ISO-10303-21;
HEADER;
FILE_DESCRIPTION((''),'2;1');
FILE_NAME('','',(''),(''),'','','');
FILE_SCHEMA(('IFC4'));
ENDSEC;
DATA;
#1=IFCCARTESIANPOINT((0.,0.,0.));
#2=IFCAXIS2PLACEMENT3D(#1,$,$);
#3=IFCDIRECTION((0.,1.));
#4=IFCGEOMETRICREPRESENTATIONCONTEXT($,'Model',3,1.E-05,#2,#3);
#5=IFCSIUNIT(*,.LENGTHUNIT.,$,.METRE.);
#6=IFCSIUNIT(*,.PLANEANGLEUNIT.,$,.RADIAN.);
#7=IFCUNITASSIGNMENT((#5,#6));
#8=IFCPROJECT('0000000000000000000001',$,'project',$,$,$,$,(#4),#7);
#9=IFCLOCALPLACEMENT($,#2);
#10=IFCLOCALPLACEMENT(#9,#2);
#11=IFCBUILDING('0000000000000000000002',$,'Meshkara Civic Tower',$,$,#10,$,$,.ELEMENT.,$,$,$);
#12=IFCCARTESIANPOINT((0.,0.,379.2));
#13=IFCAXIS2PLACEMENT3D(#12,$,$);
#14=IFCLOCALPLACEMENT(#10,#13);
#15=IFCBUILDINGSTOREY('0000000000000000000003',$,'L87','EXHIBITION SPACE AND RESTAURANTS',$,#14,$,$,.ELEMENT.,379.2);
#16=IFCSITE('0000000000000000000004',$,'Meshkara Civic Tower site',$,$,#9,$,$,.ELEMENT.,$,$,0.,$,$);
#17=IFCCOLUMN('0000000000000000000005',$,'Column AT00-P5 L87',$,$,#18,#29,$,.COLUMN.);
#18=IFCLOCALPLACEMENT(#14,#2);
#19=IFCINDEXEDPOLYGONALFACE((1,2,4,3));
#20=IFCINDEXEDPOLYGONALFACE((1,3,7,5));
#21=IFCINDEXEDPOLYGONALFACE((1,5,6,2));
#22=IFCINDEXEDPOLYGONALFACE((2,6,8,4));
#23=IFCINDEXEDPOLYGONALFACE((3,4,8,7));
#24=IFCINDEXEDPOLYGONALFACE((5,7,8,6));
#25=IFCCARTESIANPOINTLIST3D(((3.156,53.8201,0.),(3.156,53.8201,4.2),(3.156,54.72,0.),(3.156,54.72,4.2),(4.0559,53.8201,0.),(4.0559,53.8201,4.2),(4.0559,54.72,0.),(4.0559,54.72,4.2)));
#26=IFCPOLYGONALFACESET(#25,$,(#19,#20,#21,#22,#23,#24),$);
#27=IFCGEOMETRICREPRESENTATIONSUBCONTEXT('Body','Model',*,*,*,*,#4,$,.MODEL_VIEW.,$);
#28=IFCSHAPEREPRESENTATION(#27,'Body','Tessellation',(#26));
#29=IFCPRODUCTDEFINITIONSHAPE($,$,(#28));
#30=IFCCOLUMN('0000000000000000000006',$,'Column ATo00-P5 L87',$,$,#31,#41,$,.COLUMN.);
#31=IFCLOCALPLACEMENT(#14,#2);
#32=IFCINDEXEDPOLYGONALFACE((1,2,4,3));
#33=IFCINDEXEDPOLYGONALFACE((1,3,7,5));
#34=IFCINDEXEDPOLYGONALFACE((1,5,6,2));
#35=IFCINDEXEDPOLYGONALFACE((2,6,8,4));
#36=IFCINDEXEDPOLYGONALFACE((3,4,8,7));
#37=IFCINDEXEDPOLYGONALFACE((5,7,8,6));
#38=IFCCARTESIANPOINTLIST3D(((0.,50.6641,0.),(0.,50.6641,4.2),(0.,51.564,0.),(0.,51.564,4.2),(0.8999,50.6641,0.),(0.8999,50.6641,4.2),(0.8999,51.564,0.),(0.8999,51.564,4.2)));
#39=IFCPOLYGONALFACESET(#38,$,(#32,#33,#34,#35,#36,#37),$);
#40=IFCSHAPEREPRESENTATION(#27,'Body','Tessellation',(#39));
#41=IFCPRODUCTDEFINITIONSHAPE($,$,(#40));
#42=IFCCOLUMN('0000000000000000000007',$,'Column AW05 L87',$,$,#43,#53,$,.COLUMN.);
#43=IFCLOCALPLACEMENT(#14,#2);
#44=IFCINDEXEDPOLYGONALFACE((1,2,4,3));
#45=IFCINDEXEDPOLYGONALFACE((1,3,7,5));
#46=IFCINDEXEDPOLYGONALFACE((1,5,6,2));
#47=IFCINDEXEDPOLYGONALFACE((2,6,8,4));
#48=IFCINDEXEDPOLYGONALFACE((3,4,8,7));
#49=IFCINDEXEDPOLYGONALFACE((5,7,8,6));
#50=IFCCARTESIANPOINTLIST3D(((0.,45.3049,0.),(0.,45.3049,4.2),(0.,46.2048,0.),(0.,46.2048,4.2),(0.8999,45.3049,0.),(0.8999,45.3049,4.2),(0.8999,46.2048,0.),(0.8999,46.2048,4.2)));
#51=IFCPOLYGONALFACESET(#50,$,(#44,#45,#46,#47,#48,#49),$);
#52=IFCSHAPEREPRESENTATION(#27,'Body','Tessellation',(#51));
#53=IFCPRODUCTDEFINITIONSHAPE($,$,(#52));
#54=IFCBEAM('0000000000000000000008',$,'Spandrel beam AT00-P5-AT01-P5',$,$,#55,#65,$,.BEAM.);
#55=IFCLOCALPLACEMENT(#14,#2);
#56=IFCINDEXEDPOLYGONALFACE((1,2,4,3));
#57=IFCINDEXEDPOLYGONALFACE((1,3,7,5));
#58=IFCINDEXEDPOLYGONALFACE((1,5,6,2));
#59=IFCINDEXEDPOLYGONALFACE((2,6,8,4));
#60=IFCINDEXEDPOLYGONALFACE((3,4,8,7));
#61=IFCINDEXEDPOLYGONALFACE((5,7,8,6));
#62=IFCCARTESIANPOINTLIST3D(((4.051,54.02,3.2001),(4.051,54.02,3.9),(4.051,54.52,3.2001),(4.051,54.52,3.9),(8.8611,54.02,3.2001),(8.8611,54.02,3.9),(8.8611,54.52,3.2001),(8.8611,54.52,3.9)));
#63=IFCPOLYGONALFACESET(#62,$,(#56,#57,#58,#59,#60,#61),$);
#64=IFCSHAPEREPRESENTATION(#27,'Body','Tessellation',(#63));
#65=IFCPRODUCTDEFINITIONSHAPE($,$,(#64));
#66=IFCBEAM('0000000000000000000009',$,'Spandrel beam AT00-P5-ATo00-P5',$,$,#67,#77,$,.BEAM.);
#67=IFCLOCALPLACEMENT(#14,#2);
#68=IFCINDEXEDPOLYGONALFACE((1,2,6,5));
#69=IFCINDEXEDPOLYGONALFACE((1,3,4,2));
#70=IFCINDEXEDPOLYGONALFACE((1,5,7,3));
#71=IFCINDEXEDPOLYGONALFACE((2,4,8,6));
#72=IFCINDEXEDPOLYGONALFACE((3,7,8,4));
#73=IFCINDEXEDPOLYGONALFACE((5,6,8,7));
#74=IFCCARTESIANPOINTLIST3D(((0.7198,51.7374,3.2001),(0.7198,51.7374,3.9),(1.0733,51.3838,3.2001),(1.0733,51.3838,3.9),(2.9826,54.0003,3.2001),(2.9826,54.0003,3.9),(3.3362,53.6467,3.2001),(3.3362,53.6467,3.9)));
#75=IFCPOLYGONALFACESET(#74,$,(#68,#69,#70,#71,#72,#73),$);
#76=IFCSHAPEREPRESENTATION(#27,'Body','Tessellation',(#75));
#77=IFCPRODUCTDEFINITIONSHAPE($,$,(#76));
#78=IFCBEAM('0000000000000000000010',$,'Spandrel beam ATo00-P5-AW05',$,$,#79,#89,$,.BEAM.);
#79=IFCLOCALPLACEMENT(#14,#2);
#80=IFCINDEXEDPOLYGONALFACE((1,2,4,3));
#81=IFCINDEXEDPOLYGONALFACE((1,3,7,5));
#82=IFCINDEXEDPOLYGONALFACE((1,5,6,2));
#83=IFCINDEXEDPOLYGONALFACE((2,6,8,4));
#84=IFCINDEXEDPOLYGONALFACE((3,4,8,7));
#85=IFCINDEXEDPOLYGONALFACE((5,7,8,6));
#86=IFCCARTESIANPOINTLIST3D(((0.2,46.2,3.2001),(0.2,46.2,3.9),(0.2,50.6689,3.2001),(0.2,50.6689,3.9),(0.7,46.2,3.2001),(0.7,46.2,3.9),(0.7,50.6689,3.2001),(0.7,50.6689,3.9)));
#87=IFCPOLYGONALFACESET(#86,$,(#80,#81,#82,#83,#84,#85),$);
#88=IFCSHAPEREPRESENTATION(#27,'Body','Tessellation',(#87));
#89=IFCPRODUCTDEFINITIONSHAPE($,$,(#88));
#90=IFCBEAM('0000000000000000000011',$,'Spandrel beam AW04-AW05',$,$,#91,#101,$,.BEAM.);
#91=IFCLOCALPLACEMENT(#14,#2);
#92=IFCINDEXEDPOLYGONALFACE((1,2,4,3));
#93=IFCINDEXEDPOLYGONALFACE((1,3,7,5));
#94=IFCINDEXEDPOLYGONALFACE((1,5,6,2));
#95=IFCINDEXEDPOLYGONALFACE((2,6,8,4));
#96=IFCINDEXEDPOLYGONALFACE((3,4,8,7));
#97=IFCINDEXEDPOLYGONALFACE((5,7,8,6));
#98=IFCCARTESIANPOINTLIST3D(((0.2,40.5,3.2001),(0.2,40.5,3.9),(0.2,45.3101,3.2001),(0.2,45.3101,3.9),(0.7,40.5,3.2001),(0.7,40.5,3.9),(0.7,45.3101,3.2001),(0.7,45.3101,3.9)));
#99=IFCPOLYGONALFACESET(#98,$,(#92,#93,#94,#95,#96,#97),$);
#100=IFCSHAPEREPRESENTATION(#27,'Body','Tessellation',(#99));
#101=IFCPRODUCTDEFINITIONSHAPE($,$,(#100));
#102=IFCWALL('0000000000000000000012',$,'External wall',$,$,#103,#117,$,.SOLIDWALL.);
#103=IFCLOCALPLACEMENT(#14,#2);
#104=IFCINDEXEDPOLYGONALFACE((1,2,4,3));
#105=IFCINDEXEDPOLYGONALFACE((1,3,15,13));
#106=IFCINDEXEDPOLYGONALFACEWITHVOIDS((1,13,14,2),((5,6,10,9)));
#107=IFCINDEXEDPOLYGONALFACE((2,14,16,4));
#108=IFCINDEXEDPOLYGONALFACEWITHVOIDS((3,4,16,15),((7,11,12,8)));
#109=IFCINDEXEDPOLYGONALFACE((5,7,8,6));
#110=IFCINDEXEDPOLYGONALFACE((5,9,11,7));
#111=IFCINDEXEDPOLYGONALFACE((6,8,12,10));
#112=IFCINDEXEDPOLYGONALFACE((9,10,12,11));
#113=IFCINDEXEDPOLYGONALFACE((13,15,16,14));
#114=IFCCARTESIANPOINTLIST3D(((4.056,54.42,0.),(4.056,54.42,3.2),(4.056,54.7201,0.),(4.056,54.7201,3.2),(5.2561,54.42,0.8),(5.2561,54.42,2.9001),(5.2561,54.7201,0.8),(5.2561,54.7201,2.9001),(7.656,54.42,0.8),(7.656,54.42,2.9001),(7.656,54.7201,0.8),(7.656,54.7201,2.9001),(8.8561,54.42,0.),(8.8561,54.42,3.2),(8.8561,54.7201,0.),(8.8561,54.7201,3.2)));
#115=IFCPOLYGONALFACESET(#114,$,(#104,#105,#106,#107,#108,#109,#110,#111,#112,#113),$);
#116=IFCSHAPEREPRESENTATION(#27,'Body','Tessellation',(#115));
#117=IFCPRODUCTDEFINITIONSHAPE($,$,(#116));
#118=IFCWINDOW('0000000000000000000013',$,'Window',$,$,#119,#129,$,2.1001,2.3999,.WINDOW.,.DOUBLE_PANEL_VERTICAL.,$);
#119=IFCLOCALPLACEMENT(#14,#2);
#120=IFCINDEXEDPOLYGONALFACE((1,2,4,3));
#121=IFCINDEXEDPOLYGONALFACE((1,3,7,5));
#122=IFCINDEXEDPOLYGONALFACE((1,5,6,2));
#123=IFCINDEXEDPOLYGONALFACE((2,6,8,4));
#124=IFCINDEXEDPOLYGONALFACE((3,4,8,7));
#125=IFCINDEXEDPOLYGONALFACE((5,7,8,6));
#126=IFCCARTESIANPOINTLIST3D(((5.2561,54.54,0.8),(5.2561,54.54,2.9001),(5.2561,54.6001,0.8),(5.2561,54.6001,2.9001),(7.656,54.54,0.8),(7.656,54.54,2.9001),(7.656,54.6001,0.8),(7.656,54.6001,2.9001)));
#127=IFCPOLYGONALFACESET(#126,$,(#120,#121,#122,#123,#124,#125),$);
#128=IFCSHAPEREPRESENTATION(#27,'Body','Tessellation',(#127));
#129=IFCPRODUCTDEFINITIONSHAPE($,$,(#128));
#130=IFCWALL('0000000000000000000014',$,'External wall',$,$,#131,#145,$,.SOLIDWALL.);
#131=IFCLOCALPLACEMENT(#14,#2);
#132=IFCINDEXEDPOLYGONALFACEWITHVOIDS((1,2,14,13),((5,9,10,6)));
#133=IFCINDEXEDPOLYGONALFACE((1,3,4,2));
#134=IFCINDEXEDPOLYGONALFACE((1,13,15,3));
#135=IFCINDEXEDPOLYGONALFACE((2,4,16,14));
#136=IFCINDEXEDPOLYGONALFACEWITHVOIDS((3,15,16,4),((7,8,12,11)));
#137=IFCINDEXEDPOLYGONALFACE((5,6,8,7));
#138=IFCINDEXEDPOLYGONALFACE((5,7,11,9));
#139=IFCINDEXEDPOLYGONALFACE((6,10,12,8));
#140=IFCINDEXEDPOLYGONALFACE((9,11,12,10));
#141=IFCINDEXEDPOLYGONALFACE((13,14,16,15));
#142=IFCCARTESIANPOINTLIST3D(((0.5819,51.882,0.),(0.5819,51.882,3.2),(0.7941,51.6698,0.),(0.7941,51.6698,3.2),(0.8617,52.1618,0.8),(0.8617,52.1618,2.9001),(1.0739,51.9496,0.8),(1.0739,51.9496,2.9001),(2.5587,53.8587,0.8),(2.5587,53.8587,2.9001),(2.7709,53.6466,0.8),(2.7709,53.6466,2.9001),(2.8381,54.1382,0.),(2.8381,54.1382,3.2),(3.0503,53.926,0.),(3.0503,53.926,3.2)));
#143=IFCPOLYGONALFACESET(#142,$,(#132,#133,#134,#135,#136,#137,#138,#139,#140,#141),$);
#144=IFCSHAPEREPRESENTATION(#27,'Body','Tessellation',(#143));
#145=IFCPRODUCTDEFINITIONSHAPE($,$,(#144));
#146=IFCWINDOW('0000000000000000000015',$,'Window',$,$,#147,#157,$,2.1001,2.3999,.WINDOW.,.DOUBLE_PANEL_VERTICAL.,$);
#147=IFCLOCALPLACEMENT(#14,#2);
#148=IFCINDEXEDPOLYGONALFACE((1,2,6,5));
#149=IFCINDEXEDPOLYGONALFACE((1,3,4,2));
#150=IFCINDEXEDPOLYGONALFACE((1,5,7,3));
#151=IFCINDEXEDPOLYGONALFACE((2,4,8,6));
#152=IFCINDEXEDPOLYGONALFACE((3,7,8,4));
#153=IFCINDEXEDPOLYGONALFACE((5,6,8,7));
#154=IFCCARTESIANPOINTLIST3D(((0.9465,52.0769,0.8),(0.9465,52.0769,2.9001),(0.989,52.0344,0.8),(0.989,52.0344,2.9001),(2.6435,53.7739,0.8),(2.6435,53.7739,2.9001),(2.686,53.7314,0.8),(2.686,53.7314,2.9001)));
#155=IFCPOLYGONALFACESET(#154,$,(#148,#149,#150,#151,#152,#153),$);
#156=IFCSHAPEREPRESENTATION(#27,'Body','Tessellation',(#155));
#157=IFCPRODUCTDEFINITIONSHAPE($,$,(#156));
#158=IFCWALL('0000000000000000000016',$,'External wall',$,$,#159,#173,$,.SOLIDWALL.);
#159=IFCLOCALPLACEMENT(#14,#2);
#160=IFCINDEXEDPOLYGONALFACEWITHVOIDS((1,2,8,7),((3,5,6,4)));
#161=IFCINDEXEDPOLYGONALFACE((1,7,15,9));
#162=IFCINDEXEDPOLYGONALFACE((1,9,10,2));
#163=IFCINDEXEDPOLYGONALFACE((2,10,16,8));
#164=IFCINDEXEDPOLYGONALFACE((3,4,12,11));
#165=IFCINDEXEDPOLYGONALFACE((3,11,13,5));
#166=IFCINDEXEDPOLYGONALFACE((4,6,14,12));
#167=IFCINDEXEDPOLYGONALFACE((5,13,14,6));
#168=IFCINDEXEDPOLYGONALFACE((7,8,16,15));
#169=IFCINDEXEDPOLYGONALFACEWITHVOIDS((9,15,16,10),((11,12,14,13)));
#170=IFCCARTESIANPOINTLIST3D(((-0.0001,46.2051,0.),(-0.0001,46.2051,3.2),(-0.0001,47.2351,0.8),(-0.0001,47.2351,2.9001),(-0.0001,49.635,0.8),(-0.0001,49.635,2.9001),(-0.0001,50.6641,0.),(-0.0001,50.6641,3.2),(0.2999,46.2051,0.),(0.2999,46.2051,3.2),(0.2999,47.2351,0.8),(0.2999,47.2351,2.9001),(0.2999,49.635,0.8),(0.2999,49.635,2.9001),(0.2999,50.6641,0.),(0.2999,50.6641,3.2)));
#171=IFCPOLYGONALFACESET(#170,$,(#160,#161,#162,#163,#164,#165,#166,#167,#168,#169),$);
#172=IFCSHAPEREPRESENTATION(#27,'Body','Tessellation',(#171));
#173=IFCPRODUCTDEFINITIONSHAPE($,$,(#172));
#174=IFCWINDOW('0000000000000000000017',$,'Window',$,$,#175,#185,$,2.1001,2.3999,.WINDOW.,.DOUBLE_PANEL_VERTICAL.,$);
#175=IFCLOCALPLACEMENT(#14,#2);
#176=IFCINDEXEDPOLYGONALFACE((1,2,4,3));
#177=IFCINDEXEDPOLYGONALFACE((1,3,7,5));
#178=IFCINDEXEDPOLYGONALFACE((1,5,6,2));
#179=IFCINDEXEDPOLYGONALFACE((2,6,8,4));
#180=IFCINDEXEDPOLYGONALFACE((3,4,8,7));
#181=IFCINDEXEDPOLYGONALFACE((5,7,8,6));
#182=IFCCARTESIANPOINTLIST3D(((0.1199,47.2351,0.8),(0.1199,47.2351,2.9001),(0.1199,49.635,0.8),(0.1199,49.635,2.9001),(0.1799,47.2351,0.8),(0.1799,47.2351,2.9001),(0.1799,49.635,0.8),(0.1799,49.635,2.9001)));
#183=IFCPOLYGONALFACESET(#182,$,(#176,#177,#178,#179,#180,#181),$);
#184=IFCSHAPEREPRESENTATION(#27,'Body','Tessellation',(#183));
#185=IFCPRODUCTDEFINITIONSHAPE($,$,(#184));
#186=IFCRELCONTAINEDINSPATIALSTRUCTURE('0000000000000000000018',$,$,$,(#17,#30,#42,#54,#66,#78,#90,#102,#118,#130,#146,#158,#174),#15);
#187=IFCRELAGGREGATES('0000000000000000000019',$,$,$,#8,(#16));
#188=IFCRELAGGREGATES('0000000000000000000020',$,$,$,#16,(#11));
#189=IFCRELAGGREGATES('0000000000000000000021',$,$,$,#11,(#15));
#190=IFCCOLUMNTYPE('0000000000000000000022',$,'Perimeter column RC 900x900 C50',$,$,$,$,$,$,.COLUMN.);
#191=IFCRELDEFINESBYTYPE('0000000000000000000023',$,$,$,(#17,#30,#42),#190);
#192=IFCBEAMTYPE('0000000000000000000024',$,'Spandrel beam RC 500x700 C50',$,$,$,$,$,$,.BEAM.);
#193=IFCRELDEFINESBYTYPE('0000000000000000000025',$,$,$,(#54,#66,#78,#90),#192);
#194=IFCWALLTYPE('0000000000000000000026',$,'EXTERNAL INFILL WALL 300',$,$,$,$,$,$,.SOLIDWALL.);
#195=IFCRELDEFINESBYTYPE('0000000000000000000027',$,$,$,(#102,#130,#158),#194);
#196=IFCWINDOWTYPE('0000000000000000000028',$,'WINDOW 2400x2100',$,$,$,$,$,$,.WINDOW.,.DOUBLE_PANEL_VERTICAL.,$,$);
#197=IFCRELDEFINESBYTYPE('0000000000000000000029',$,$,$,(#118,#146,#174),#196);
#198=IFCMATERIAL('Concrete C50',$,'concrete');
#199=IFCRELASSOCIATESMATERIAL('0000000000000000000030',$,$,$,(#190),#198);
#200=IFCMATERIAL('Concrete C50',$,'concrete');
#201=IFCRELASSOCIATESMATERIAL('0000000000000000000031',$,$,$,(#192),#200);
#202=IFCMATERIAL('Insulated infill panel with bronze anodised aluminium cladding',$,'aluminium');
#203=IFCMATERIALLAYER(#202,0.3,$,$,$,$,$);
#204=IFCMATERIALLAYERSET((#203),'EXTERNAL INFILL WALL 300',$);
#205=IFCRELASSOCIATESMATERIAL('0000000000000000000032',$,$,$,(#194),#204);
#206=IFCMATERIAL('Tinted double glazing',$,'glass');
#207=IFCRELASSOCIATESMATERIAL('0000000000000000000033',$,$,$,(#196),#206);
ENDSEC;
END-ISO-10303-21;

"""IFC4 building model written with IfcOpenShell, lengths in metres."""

from ifc_helpers import new_model, si_unit, direction, frame, frame_2d, origin, origin_2d, place, context, subcontext, project, spatial, rectangle, extrude, material, layer, layer_set, material_profile, profile_set, type_object, element, fill, save


model = new_model("IFC4")

# Units and contexts
model_context = context("Model", 3, precision=1e-05, world=origin(), true_north=direction((0.0, 1.0)))
body_context = subcontext(model_context, "Body", "Model", "MODEL_VIEW")
ifc_project = project(units=[si_unit("LENGTHUNIT", "METRE"), si_unit("PLANEANGLEUNIT", "RADIAN")], contexts=[model_context])

# Site, building, storey
site_placement = place(None, origin())
site = spatial("IfcSite", under=ifc_project, at=site_placement, Name="Meshkara Civic Tower site", CompositionType="ELEMENT", RefElevation=0.0)
building_placement = place(site_placement, origin())
building = spatial("IfcBuilding", under=site, at=building_placement, Name="Meshkara Civic Tower", CompositionType="ELEMENT")
storey_placement = place(building_placement, frame((0.0, 0.0, 379.2)))
storey = spatial("IfcBuildingStorey", under=building, at=storey_placement, Name="L87", Description="EXHIBITION SPACE AND RESTAURANTS", CompositionType="ELEMENT", Elevation=379.2)

# Columns
ifc_material_1 = material(Name="Concrete C50", Category="concrete")
ifc_material_profile_1 = material_profile(ifc_material_1, rectangle(XDim=0.8999, YDim=0.8999, at=origin_2d()))
ifc_profile_set_1 = profile_set([ifc_material_profile_1], Name="Concrete C50")
column_type = type_object("IfcColumnType", Name="Perimeter column RC 900x900 C50", PredefinedType="COLUMN", material=ifc_profile_set_1)
for number, where, z_axis, x_axis, name in (
    (1, (3.606, 54.27, 0.0), (0.0, 0.0, 1.0), (1.0, 0.0, 0.0), "Column AT00-P5 L87"),
    (2, (0.45, 51.114, 0.0), (0.0, 0.0, 1.0), (1.0, 0.0, 0.0), "Column ATo00-P5 L87"),
    (3, (0.45, 45.7549, 0.0), (0.0, 0.0, 1.0), (1.0, 0.0, 0.0), "Column AW05 L87"),
):
    element("IfcColumn", number, at=place(storey_placement, frame(where, z_axis=z_axis, x_axis=x_axis)), inside=storey, type_object=column_type, Name=name, PredefinedType="COLUMN", context=body_context, shape_type="SweptSolid", body=[
        extrude(rectangle(XDim=0.8999, YDim=0.8999, at=origin_2d()), origin(), (0.0, 0.0, 1.0), 4.2),
    ])

# Beams
ifc_material_2 = material(Name="Concrete C50", Category="concrete")
ifc_material_profile_2 = material_profile(ifc_material_2, rectangle(XDim=0.5, YDim=0.7, at=origin_2d()))
ifc_profile_set_2 = profile_set([ifc_material_profile_2], Name="Concrete C50")
beam_type = type_object("IfcBeamType", Name="Spandrel beam RC 500x700 C50", PredefinedType="BEAM", material=ifc_profile_set_2)
beam_1_placement = place(storey_placement, frame((8.8611, 54.27, 3.55), z_axis=(-1.0, 0.0, 0.0), x_axis=(0.0, -1.0, 0.0)))
element("IfcBeam", 4, at=beam_1_placement, inside=storey, type_object=beam_type, Name="Spandrel beam AT00-P5-AT01-P5", PredefinedType="BEAM", context=body_context, shape_type="SweptSolid", body=[
    extrude(rectangle(XDim=0.5, YDim=0.7, at=origin_2d()), origin(), (0.0, 0.0, 1.0), 4.8101),
])
beam_2_placement = place(storey_placement, frame((3.1594, 53.8235, 3.55), z_axis=(-0.707107, -0.707107, 0.0), x_axis=(0.707107, -0.707107, 0.0)))
element("IfcBeam", 5, at=beam_2_placement, inside=storey, type_object=beam_type, Name="Spandrel beam AT00-P5-ATo00-P5", PredefinedType="BEAM", context=body_context, shape_type="SweptSolid", body=[
    extrude(rectangle(XDim=0.5, YDim=0.7, at=origin_2d()), origin(), (0.0, 0.0, 1.0), 3.2002),
])
beam_3_placement = place(storey_placement, frame((0.45, 50.6689, 3.55), z_axis=(0.0, -1.0, 0.0), x_axis=(1.0, 0.0, 0.0)))
element("IfcBeam", 6, at=beam_3_placement, inside=storey, type_object=beam_type, Name="Spandrel beam ATo00-P5-AW05", PredefinedType="BEAM", context=body_context, shape_type="SweptSolid", body=[
    extrude(rectangle(XDim=0.5, YDim=0.7, at=origin_2d()), origin(), (0.0, 0.0, 1.0), 4.469),
])
beam_4_placement = place(storey_placement, frame((0.45, 45.3101, 3.55), z_axis=(0.0, -1.0, 0.0), x_axis=(1.0, 0.0, 0.0)))
element("IfcBeam", 7, at=beam_4_placement, inside=storey, type_object=beam_type, Name="Spandrel beam AW04-AW05", PredefinedType="BEAM", context=body_context, shape_type="SweptSolid", body=[
    extrude(rectangle(XDim=0.5, YDim=0.7, at=origin_2d()), origin(), (0.0, 0.0, 1.0), 4.8101),
])

# Walls, openings, windows
ifc_material_3 = material(Name="Insulated infill panel with bronze anodised aluminium cladding", Category="aluminium")
ifc_layer_1 = layer(ifc_material_3, 0.3)
ifc_layer_set_1 = layer_set([ifc_layer_1], Name="EXTERNAL INFILL WALL 300")
wall_type_1 = type_object("IfcWallType", Name="EXTERNAL INFILL WALL 300", PredefinedType="SOLIDWALL", material=ifc_layer_set_1)
wall_1_placement = place(storey_placement, frame((8.856, 54.5701, 0.0), z_axis=(0.0, 0.0, 1.0), x_axis=(-1.0, 0.0, 0.0)))
wall_1 = element("IfcWall", 8, at=wall_1_placement, inside=storey, type_object=wall_type_1, Name="External wall", PredefinedType="SOLIDWALL", context=body_context, shape_type="SweptSolid", body=[
    extrude(rectangle(XDim=4.8, YDim=0.3, at=frame_2d((2.3999, 0.0))), origin(), (0.0, 0.0, 1.0), 3.2),
])
opening_1_placement = place(wall_1_placement, frame((1.2, 0.0, 0.8)))
opening_1 = element("IfcOpeningElement", 9, at=opening_1_placement, cuts=wall_1, PredefinedType="OPENING", context=body_context, shape_type="SweptSolid", body=[
    extrude(rectangle(XDim=2.3999, YDim=2.1001, at=frame_2d((1.2, 1.05))), frame((0.0, 0.1599, 0.0), z_axis=(0.0, -1.0, 0.0), x_axis=(1.0, 0.0, 0.0)), (0.0, 0.0, 1.0), 0.3201),
])
ifc_material_4 = material(Name="Tinted double glazing", Category="glass")
window_type = type_object("IfcWindowType", Name="WINDOW 2400x2100", PartitioningType="DOUBLE_PANEL_VERTICAL", PredefinedType="WINDOW", material=ifc_material_4)
window_1_placement = place(opening_1_placement, origin())
window_1 = element("IfcWindow", 10, at=window_1_placement, inside=storey, type_object=window_type, Name="Window", OverallHeight=2.1001, OverallWidth=2.3999, PartitioningType="DOUBLE_PANEL_VERTICAL", PredefinedType="WINDOW", context=body_context, shape_type="SweptSolid", body=[
    extrude(rectangle(XDim=2.3999, YDim=2.1001, at=frame_2d((1.2, 1.05))), frame((0.0, 0.03, 0.0), z_axis=(0.0, -1.0, 0.0), x_axis=(1.0, 0.0, 0.0)), (0.0, 0.0, 1.0), 0.0601),
])
fill(opening_1, window_1)
wall_2_placement = place(storey_placement, frame((2.9441, 54.032, 0.0), z_axis=(0.0, 0.0, 1.0), x_axis=(-0.707107, -0.707107, 0.0)))
wall_2 = element("IfcWall", 11, at=wall_2_placement, inside=storey, type_object=wall_type_1, Name="External wall", PredefinedType="SOLIDWALL", context=body_context, shape_type="SweptSolid", body=[
    extrude(rectangle(XDim=3.1907, YDim=0.3, at=frame_2d((1.5952, 0.0))), origin(), (0.0, 0.0, 1.0), 3.2),
])
opening_2_placement = place(wall_2_placement, frame((0.395, 0.0, 0.8)))
opening_2 = element("IfcOpeningElement", 12, at=opening_2_placement, cuts=wall_2, PredefinedType="OPENING", context=body_context, shape_type="SweptSolid", body=[
    extrude(rectangle(XDim=2.3999, YDim=2.1001, at=frame_2d((1.2, 1.05))), frame((0.0, 0.1599, 0.0), z_axis=(0.0, -1.0, 0.0), x_axis=(1.0, 0.0, 0.0)), (0.0, 0.0, 1.0), 0.3201),
])
window_2_placement = place(opening_2_placement, origin())
window_2 = element("IfcWindow", 13, at=window_2_placement, inside=storey, type_object=window_type, Name="Window", OverallHeight=2.1001, OverallWidth=2.3999, PartitioningType="DOUBLE_PANEL_VERTICAL", PredefinedType="WINDOW", context=body_context, shape_type="SweptSolid", body=[
    extrude(rectangle(XDim=2.3999, YDim=2.1001, at=frame_2d((1.2, 1.05))), frame((0.0, 0.03, 0.0), z_axis=(0.0, -1.0, 0.0), x_axis=(1.0, 0.0, 0.0)), (0.0, 0.0, 1.0), 0.0601),
])
fill(opening_2, window_2)
wall_3_placement = place(storey_placement, frame((0.1499, 50.6641, 0.0), z_axis=(0.0, 0.0, 1.0), x_axis=(0.0, -1.0, 0.0)))
wall_3 = element("IfcWall", 14, at=wall_3_placement, inside=storey, type_object=wall_type_1, Name="External wall", PredefinedType="SOLIDWALL", context=body_context, shape_type="SweptSolid", body=[
    extrude(rectangle(XDim=4.459, YDim=0.3, at=frame_2d((2.2295, 0.0))), origin(), (0.0, 0.0, 1.0), 3.2),
])
opening_3_placement = place(wall_3_placement, frame((1.0291, 0.0, 0.8)))
opening_3 = element("IfcOpeningElement", 15, at=opening_3_placement, cuts=wall_3, PredefinedType="OPENING", context=body_context, shape_type="SweptSolid", body=[
    extrude(rectangle(XDim=2.3999, YDim=2.1001, at=frame_2d((1.2, 1.05))), frame((0.0, 0.1599, 0.0), z_axis=(0.0, -1.0, 0.0), x_axis=(1.0, 0.0, 0.0)), (0.0, 0.0, 1.0), 0.3201),
])
window_3_placement = place(opening_3_placement, origin())
window_3 = element("IfcWindow", 16, at=window_3_placement, inside=storey, type_object=window_type, Name="Window", OverallHeight=2.1001, OverallWidth=2.3999, PartitioningType="DOUBLE_PANEL_VERTICAL", PredefinedType="WINDOW", context=body_context, shape_type="SweptSolid", body=[
    extrude(rectangle(XDim=2.3999, YDim=2.1001, at=frame_2d((1.2, 1.05))), frame((0.0, 0.03, 0.0), z_axis=(0.0, -1.0, 0.0), x_axis=(1.0, 0.0, 0.0)), (0.0, 0.0, 1.0), 0.0601),
])
fill(opening_3, window_3)

save(model, "model.ifc")
